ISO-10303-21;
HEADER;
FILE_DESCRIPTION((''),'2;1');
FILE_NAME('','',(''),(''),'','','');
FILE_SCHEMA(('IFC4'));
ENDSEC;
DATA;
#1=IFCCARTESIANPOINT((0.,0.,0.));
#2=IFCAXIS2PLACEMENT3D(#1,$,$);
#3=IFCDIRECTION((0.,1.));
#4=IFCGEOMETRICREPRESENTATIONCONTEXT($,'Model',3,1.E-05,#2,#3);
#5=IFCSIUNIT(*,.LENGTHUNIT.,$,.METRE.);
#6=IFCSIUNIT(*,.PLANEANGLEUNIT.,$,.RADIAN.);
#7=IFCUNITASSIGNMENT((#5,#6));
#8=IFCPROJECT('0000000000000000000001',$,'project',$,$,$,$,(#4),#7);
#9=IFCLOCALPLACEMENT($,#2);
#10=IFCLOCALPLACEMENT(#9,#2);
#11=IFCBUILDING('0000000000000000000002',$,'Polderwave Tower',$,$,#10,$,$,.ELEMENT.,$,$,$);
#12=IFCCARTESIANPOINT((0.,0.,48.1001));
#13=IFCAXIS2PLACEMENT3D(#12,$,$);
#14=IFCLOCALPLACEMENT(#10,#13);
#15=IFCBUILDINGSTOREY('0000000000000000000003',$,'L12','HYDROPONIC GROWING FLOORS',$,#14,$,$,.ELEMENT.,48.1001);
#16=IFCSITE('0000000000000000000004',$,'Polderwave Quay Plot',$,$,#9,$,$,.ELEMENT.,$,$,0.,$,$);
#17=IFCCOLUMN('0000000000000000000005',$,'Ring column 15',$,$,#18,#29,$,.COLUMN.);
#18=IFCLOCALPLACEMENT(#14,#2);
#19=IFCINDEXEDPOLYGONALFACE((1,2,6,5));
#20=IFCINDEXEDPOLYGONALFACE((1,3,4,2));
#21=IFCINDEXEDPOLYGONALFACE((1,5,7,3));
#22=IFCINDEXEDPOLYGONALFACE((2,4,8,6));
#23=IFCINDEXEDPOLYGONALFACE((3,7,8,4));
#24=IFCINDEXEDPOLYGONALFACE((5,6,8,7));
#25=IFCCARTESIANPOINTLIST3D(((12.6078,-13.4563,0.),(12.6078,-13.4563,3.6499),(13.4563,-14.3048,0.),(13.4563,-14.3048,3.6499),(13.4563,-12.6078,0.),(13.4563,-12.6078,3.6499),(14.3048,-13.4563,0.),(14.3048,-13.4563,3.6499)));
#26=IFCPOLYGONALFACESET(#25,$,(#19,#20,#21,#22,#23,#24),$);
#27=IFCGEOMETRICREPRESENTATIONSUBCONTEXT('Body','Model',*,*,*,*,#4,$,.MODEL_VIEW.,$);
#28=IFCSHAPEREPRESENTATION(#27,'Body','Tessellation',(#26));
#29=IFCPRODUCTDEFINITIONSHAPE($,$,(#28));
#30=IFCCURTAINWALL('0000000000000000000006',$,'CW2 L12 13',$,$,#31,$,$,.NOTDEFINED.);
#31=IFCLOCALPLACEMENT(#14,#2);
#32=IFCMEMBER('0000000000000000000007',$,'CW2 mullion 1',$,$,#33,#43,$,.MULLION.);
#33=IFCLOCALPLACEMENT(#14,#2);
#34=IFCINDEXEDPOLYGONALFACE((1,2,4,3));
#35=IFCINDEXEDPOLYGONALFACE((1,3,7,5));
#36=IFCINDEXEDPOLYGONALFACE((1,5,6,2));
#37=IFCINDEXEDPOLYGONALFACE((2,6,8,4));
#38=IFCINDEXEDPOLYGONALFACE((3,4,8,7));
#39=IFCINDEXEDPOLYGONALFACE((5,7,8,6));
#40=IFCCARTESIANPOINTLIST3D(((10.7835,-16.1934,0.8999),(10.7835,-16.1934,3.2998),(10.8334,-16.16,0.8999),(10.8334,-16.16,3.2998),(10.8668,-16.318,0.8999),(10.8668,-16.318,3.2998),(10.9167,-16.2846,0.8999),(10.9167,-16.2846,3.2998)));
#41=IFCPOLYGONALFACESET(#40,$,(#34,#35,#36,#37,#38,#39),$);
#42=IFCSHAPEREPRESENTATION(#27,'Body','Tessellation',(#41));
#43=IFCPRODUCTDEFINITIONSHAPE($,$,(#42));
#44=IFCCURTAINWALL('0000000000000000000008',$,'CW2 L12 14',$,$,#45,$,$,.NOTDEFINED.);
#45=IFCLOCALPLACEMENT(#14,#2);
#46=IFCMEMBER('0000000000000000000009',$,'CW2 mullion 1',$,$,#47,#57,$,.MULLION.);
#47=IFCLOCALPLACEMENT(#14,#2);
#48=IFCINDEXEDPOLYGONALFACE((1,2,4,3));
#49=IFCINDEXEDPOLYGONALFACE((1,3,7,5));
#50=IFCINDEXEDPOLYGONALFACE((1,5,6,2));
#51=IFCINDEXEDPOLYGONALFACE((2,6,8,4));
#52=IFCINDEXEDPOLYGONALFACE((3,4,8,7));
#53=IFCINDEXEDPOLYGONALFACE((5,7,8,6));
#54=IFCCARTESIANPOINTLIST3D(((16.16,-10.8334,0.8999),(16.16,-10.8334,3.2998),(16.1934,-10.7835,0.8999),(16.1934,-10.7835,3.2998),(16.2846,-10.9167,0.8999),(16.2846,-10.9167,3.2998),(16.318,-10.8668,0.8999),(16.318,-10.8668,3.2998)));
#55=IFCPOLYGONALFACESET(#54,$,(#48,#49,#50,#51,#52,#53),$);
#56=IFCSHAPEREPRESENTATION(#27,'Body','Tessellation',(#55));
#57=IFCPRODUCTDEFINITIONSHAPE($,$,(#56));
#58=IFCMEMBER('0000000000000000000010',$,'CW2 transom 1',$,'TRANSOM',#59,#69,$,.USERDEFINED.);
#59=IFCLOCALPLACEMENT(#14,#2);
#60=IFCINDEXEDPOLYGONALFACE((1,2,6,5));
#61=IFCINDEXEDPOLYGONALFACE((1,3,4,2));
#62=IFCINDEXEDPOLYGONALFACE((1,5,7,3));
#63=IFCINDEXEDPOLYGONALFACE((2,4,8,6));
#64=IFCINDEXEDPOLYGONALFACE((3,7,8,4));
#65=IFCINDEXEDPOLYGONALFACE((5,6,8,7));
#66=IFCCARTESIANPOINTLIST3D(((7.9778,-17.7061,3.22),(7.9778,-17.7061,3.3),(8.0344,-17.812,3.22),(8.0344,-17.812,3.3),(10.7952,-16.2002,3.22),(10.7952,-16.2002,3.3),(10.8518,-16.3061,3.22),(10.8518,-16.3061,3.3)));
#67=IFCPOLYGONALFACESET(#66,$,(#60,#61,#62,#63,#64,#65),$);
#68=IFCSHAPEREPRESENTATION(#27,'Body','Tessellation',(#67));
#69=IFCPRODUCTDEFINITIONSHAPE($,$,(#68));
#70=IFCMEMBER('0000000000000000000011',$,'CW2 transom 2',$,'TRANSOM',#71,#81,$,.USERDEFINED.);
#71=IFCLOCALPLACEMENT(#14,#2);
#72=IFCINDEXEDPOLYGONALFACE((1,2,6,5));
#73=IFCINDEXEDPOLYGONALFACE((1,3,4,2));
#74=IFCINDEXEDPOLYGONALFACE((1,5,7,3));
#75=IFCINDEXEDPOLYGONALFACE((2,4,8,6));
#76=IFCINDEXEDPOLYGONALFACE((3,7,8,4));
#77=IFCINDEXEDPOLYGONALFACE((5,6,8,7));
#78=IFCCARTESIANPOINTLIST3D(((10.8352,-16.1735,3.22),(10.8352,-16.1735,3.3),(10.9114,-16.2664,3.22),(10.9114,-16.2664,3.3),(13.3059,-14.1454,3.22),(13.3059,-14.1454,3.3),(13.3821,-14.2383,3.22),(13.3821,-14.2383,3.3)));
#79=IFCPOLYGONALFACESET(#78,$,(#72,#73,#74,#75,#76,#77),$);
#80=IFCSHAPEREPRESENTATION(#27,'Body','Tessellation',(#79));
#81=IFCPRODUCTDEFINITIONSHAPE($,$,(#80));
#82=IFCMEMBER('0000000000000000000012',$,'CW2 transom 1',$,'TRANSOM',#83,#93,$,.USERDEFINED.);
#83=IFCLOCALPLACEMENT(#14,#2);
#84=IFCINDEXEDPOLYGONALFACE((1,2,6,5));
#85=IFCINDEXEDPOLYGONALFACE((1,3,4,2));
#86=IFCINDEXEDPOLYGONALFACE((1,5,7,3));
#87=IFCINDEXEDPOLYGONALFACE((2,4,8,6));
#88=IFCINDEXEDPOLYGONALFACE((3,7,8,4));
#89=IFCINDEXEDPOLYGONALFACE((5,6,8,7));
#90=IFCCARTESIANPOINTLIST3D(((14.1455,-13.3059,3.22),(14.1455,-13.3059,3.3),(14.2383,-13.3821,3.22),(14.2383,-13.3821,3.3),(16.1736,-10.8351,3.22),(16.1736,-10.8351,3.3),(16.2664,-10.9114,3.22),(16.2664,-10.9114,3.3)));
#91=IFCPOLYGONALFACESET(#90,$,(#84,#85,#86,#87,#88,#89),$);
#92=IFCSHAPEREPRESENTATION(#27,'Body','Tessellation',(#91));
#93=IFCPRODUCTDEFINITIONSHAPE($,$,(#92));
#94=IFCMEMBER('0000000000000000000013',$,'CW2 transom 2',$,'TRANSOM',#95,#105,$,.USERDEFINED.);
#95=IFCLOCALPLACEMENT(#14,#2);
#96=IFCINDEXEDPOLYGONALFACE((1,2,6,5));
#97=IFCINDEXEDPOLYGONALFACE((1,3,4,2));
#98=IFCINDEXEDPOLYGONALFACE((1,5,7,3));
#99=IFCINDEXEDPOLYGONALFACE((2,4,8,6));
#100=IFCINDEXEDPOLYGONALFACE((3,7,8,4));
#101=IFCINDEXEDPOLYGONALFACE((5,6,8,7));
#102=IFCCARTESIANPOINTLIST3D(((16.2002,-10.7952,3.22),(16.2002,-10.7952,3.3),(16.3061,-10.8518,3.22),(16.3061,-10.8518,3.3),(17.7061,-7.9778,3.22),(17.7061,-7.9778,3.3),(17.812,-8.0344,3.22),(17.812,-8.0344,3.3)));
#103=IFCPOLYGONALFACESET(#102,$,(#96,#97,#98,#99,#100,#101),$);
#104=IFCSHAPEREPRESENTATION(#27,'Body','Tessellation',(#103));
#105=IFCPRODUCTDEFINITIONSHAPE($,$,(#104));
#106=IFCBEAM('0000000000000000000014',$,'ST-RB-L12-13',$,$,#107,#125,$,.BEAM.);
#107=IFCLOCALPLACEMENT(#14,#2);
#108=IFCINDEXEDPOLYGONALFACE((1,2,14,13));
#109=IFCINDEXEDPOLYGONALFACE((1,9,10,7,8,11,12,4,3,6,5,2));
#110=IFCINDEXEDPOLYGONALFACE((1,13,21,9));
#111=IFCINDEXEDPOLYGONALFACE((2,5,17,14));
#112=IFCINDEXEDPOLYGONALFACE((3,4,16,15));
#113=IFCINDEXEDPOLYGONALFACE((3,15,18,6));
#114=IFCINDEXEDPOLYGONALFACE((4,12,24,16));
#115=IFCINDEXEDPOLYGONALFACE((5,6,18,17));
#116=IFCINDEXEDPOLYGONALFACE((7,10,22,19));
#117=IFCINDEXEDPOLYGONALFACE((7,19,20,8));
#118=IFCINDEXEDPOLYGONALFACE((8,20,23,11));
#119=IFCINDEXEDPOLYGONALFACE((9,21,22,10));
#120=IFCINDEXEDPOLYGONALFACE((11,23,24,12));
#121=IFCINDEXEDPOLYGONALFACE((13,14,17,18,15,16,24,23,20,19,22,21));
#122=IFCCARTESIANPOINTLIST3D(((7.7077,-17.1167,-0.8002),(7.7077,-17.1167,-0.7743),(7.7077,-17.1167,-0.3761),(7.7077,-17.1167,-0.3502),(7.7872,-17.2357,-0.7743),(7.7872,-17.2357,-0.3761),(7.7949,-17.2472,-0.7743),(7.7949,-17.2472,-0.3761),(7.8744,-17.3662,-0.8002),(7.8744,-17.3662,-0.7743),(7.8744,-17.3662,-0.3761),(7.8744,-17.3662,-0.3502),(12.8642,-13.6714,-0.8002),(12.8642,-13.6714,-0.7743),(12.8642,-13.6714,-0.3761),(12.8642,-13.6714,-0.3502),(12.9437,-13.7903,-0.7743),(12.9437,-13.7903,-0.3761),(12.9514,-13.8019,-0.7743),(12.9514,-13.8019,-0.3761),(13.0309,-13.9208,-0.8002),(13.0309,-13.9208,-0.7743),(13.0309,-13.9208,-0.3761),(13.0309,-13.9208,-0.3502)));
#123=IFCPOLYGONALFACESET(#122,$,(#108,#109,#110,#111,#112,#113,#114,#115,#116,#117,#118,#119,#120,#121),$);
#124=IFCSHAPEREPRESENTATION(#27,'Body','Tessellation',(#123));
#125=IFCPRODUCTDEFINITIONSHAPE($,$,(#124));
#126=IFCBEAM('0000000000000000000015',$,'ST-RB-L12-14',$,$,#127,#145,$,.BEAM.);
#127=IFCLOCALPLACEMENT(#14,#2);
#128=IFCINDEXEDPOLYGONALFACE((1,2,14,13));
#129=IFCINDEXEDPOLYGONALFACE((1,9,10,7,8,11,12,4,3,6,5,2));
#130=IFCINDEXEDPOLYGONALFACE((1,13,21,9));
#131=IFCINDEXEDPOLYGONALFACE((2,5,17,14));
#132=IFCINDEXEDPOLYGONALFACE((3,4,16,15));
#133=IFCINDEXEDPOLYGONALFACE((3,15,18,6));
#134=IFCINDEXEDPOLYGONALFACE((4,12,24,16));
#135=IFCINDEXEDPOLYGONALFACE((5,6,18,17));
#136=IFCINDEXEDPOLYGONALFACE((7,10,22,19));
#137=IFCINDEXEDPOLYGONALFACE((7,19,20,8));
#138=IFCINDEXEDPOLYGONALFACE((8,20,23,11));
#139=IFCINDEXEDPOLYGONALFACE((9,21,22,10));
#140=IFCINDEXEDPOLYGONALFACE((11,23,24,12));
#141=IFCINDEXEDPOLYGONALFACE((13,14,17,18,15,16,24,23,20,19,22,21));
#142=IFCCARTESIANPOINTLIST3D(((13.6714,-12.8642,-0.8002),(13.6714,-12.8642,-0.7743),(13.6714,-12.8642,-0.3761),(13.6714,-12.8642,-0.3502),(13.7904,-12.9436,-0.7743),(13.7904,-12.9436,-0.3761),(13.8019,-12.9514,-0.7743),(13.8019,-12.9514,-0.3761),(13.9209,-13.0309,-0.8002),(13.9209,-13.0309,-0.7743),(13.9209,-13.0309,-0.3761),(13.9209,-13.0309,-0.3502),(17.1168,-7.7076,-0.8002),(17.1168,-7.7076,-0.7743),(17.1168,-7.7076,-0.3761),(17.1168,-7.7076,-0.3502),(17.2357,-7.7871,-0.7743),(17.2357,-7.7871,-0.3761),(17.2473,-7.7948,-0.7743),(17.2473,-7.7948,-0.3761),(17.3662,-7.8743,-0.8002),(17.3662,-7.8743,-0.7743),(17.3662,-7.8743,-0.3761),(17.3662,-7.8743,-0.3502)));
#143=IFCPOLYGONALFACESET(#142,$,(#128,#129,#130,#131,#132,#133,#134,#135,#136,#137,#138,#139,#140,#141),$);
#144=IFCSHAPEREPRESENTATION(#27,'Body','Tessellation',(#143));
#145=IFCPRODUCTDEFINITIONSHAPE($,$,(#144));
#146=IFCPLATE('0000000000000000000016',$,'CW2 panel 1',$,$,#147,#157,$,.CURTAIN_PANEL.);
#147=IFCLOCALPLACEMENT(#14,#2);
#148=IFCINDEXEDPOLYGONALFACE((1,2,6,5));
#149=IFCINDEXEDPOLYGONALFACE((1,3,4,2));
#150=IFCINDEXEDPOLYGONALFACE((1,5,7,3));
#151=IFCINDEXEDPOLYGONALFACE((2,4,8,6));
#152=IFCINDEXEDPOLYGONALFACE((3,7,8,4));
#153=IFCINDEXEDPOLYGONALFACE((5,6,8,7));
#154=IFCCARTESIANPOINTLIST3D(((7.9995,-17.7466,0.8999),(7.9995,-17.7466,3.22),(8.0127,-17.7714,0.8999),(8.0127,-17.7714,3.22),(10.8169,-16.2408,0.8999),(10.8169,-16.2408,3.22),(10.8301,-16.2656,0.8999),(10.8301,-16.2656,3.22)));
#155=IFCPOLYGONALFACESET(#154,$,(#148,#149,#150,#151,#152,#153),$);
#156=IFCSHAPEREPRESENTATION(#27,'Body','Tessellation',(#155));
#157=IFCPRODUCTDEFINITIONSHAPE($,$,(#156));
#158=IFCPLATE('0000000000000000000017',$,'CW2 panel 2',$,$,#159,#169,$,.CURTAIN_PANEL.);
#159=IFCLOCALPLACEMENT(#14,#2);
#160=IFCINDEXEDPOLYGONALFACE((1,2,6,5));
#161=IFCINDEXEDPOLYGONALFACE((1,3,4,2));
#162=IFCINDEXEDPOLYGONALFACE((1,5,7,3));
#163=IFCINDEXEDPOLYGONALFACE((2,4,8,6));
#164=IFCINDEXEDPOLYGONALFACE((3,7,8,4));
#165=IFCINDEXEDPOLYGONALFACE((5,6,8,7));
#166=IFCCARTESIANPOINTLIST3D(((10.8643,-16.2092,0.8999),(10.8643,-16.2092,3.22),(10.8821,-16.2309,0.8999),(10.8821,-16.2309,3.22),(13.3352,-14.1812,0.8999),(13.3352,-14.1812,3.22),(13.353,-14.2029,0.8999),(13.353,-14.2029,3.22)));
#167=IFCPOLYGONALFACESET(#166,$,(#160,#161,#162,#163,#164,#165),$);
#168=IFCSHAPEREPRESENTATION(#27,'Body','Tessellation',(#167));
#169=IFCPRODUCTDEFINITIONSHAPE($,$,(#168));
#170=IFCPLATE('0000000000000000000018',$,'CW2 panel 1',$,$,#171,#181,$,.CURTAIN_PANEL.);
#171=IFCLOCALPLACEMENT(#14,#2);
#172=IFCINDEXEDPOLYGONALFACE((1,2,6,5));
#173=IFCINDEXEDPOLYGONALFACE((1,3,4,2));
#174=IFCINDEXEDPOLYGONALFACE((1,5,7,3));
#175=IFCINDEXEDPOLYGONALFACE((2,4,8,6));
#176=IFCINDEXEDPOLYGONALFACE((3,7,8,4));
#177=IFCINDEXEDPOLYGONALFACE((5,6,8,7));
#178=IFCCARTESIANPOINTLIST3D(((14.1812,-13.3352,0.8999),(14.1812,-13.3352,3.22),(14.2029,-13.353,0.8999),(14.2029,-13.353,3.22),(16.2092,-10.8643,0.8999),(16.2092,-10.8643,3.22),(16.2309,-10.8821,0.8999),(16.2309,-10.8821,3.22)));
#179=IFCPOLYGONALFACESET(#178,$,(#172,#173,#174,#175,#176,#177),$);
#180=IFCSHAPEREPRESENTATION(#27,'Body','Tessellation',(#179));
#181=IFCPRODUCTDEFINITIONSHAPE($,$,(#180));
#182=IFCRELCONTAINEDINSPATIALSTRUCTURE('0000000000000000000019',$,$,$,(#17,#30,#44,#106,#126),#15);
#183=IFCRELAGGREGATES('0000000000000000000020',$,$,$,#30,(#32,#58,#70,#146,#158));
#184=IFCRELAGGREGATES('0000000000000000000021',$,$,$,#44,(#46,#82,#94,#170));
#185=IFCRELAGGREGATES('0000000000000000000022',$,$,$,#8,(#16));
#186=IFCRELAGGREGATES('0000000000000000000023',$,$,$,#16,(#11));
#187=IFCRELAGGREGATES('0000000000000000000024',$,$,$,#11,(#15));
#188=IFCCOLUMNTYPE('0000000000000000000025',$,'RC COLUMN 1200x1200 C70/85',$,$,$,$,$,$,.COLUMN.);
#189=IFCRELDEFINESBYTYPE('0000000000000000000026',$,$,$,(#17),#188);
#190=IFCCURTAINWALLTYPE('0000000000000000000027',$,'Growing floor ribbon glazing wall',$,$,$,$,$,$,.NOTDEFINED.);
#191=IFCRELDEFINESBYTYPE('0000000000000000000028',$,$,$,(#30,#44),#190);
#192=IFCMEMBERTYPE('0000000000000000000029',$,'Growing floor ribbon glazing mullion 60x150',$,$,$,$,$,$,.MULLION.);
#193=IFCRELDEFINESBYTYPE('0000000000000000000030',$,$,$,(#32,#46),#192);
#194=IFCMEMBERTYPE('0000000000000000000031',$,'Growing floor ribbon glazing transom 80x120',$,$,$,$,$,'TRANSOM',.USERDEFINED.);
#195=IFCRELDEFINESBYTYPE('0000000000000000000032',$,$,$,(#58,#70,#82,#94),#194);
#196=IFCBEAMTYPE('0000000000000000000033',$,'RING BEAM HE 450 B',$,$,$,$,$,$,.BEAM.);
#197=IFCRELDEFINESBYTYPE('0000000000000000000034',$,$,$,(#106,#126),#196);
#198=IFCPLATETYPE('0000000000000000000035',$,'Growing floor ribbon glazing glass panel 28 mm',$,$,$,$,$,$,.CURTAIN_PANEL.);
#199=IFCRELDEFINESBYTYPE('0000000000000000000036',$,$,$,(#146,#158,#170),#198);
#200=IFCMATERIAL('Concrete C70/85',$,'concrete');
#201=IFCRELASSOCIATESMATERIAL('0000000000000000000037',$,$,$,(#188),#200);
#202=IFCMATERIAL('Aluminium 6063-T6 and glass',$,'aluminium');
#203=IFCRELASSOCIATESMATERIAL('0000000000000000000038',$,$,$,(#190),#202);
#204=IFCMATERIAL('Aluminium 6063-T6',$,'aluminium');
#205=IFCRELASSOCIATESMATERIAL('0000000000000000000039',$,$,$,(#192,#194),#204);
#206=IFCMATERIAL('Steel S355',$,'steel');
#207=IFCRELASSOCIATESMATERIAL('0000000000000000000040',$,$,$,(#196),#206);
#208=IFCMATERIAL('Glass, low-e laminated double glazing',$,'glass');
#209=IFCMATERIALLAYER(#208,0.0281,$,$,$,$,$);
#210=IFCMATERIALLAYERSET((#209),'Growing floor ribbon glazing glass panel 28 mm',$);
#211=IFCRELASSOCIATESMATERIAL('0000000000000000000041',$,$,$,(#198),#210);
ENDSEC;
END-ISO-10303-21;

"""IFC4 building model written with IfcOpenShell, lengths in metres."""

from ifc_helpers import new_model, si_unit, direction, frame, origin, origin_2d, place, context, subcontext, project, spatial, rectangle, i_section, extrude, material, layer, layer_set, material_profile, profile_set, type_object, element, aggregate, save


model = new_model("IFC4")

# Units and contexts
model_context = context("Model", 3, precision=1e-05, world=origin(), true_north=direction((0.0, 1.0)))
body_context = subcontext(model_context, "Body", "Model", "MODEL_VIEW")
ifc_project = project(units=[si_unit("LENGTHUNIT", "METRE"), si_unit("PLANEANGLEUNIT", "RADIAN")], contexts=[model_context])

# Site, building, storey
site_placement = place(None, origin())
site = spatial("IfcSite", under=ifc_project, at=site_placement, Name="Polderwave Quay Plot", CompositionType="ELEMENT", RefElevation=0.0)
building_placement = place(site_placement, origin())
building = spatial("IfcBuilding", under=site, at=building_placement, Name="Polderwave Tower", CompositionType="ELEMENT")
storey_placement = place(building_placement, frame((0.0, 0.0, 48.1001)))
storey = spatial("IfcBuildingStorey", under=building, at=storey_placement, Name="L12", Description="HYDROPONIC GROWING FLOORS", CompositionType="ELEMENT", Elevation=48.1001)

# Column
ifc_material_1 = material(Name="Concrete C70/85", Category="concrete")
ifc_material_profile_1 = material_profile(ifc_material_1, rectangle(XDim=1.2, YDim=1.2, at=origin_2d()), Name="RC 1200x1200")
ifc_profile_set_1 = profile_set([ifc_material_profile_1], Name="Concrete C70/85")
column_type = type_object("IfcColumnType", Name="RC COLUMN 1200x1200 C70/85", PredefinedType="COLUMN", material=ifc_profile_set_1)
column_placement = place(storey_placement, frame((13.4563, -13.4563, 0.0), z_axis=(0.0, 0.0, 1.0), x_axis=(0.707107, -0.707107, 0.0)))
element("IfcColumn", 1, at=column_placement, inside=storey, type_object=column_type, Name="Ring column 15", PredefinedType="COLUMN", context=body_context, shape_type="SweptSolid", body=[
    extrude(rectangle(XDim=1.2, YDim=1.2, at=origin_2d()), origin(), (0.0, 0.0, 1.0), 3.6499),
])

# Curtain walls, members
ifc_material_2 = material(Name="Aluminium 6063-T6 and glass", Category="aluminium")
curtain_wall_type = type_object("IfcCurtainWallType", Name="Growing floor ribbon glazing wall", PredefinedType="NOTDEFINED", material=ifc_material_2)
curtain_wall_1_placement = place(storey_placement, origin())
curtain_wall_1 = element("IfcCurtainWall", 2, at=curtain_wall_1_placement, inside=storey, type_object=curtain_wall_type, Name="CW2 L12 13", PredefinedType="NOTDEFINED")
ifc_material_3 = material(Name="Aluminium 6063-T6", Category="aluminium")
ifc_material_profile_2 = material_profile(ifc_material_3, rectangle(XDim=0.1499, YDim=0.0601, at=origin_2d()), Name="AL 60x150")
ifc_profile_set_2 = profile_set([ifc_material_profile_2], Name="Aluminium 6063-T6")
member_type_1 = type_object("IfcMemberType", Name="Growing floor ribbon glazing mullion 60x150", PredefinedType="MULLION", material=ifc_profile_set_2)
member_1_placement = place(storey_placement, frame((10.8501, -16.239, 0.8999), z_axis=(0.0, 0.0, 1.0), x_axis=(-0.555576, 0.831466, 0.0)))
member_1 = element("IfcMember", 3, at=member_1_placement, type_object=member_type_1, Name="CW2 mullion 1", PredefinedType="MULLION", context=body_context, shape_type="SweptSolid", body=[
    extrude(rectangle(XDim=0.1499, YDim=0.0601, at=origin_2d()), origin(), (0.0, 0.0, 1.0), 2.3999),
])
curtain_wall_2_placement = place(storey_placement, origin())
curtain_wall_2 = element("IfcCurtainWall", 4, at=curtain_wall_2_placement, inside=storey, type_object=curtain_wall_type, Name="CW2 L12 14", PredefinedType="NOTDEFINED")
member_2_placement = place(storey_placement, frame((16.239, -10.8501, 0.8999), z_axis=(0.0, 0.0, 1.0), x_axis=(-0.831466, 0.555576, 0.0)))
member_2 = element("IfcMember", 5, at=member_2_placement, type_object=member_type_1, Name="CW2 mullion 1", PredefinedType="MULLION", context=body_context, shape_type="SweptSolid", body=[
    extrude(rectangle(XDim=0.1499, YDim=0.0601, at=origin_2d()), origin(), (0.0, 0.0, 1.0), 2.3999),
])

# Members
ifc_material_profile_3 = material_profile(ifc_material_3, rectangle(XDim=0.1201, YDim=0.0801, at=origin_2d()), Name="AL 80x120")
ifc_profile_set_3 = profile_set([ifc_material_profile_3], Name="Aluminium 6063-T6")
member_type_2 = type_object("IfcMemberType", Name="Growing floor ribbon glazing transom 80x120", ElementType="TRANSOM", PredefinedType="USERDEFINED", material=ifc_profile_set_3)
member_3_placement = place(storey_placement, frame((8.0061, -17.759, 3.26), z_axis=(0.881929, 0.471381, 0.0), x_axis=(-0.471381, 0.881929, 0.0)))
member_3 = element("IfcMember", 6, at=member_3_placement, type_object=member_type_2, Name="CW2 transom 1", ObjectType="TRANSOM", PredefinedType="USERDEFINED", context=body_context, shape_type="SweptSolid", body=[
    extrude(rectangle(XDim=0.1201, YDim=0.0801, at=origin_2d()), origin(), (0.0, 0.0, 1.0), 3.1946),
])
member_4_placement = place(storey_placement, frame((10.8733, -16.22, 3.26), z_axis=(0.772946, 0.634472, 0.0), x_axis=(-0.634472, 0.772946, 0.0)))
member_4 = element("IfcMember", 7, at=member_4_placement, type_object=member_type_2, Name="CW2 transom 2", ObjectType="TRANSOM", PredefinedType="USERDEFINED", context=body_context, shape_type="SweptSolid", body=[
    extrude(rectangle(XDim=0.1201, YDim=0.0801, at=origin_2d()), origin(), (0.0, 0.0, 1.0), 3.1965),
])
member_5_placement = place(storey_placement, frame((14.1919, -13.344, 3.26), z_axis=(0.634472, 0.772946, 0.0), x_axis=(-0.772946, 0.634472, 0.0)))
member_5 = element("IfcMember", 8, at=member_5_placement, type_object=member_type_2, Name="CW2 transom 1", ObjectType="TRANSOM", PredefinedType="USERDEFINED", context=body_context, shape_type="SweptSolid", body=[
    extrude(rectangle(XDim=0.1201, YDim=0.0801, at=origin_2d()), origin(), (0.0, 0.0, 1.0), 3.1965),
])
member_6_placement = place(storey_placement, frame((16.2532, -10.8235, 3.26), z_axis=(0.471381, 0.881929, 0.0), x_axis=(-0.881929, 0.471381, 0.0)))
member_6 = element("IfcMember", 9, at=member_6_placement, type_object=member_type_2, Name="CW2 transom 2", ObjectType="TRANSOM", PredefinedType="USERDEFINED", context=body_context, shape_type="SweptSolid", body=[
    extrude(rectangle(XDim=0.1201, YDim=0.0801, at=origin_2d()), origin(), (0.0, 0.0, 1.0), 3.1946),
])

# Beams
ifc_material_4 = material(Name="Steel S355", Category="steel")
ifc_material_profile_4 = material_profile(ifc_material_4, i_section(OverallWidth=0.3, OverallDepth=0.45, WebThickness=0.0139, FlangeThickness=0.0259, at=origin_2d()), Name="HE 450 B")
ifc_profile_set_4 = profile_set([ifc_material_profile_4], Name="Steel S355")
beam_type = type_object("IfcBeamType", Name="RING BEAM HE 450 B", PredefinedType="BEAM", material=ifc_profile_set_4)
for number, where, z_axis, x_axis, name in (
    (10, (7.791, -17.2415, -0.5752), (0.831481, 0.555554, 0.0), (-0.555554, 0.831481, 0.0), "ST-RB-L12-13"),
    (11, (13.7961, -12.9475, -0.5752), (0.555554, 0.831481, 0.0), (-0.831481, 0.555554, 0.0), "ST-RB-L12-14"),
):
    element("IfcBeam", number, at=place(storey_placement, frame(where, z_axis=z_axis, x_axis=x_axis)), inside=storey, type_object=beam_type, Name=name, PredefinedType="BEAM", context=body_context, shape_type="SweptSolid", body=[
        extrude(i_section(OverallWidth=0.3, OverallDepth=0.45, WebThickness=0.0139, FlangeThickness=0.0259, at=origin_2d()), origin(), (0.0, 0.0, 1.0), 6.2017),
    ])

# Plates
ifc_material_5 = material(Name="Glass, low-e laminated double glazing", Category="glass")
ifc_layer_1 = layer(ifc_material_5, 0.0281)
ifc_layer_set_1 = layer_set([ifc_layer_1], Name="Growing floor ribbon glazing glass panel 28 mm")
plate_type = type_object("IfcPlateType", Name="Growing floor ribbon glazing glass panel 28 mm", PredefinedType="CURTAIN_PANEL", material=ifc_layer_set_1)
plate_1_placement = place(storey_placement, frame((9.4148, -17.0061, 0.8999), z_axis=(0.0, 0.0, 1.0), x_axis=(0.88194, 0.471361, 0.0)))
plate_1 = element("IfcPlate", 12, at=plate_1_placement, type_object=plate_type, Name="CW2 panel 1", PredefinedType="CURTAIN_PANEL", context=body_context, shape_type="SweptSolid", body=[
    extrude(rectangle(XDim=3.1946, YDim=0.0281, at=origin_2d()), origin(), (0.0, 0.0, 1.0), 2.3201),
])
plate_2_placement = place(storey_placement, frame((12.1086, -15.2061, 0.8999), z_axis=(0.0, 0.0, 1.0), x_axis=(0.772976, 0.634435, 0.0)))
plate_2 = element("IfcPlate", 13, at=plate_2_placement, type_object=plate_type, Name="CW2 panel 2", PredefinedType="CURTAIN_PANEL", context=body_context, shape_type="SweptSolid", body=[
    extrude(rectangle(XDim=3.1965, YDim=0.0281, at=origin_2d()), origin(), (0.0, 0.0, 1.0), 2.3201),
])
aggregate(curtain_wall_1, [member_1, member_3, member_4, plate_1, plate_2])
plate_3_placement = place(storey_placement, frame((15.2061, -12.1086, 0.8999), z_axis=(0.0, 0.0, 1.0), x_axis=(0.634435, 0.772976, 0.0)))
plate_3 = element("IfcPlate", 14, at=plate_3_placement, type_object=plate_type, Name="CW2 panel 1", PredefinedType="CURTAIN_PANEL", context=body_context, shape_type="SweptSolid", body=[
    extrude(rectangle(XDim=3.1965, YDim=0.0281, at=origin_2d()), origin(), (0.0, 0.0, 1.0), 2.3201),
])
aggregate(curtain_wall_2, [member_2, member_5, member_6, plate_3])

save(model, "model.ifc")
